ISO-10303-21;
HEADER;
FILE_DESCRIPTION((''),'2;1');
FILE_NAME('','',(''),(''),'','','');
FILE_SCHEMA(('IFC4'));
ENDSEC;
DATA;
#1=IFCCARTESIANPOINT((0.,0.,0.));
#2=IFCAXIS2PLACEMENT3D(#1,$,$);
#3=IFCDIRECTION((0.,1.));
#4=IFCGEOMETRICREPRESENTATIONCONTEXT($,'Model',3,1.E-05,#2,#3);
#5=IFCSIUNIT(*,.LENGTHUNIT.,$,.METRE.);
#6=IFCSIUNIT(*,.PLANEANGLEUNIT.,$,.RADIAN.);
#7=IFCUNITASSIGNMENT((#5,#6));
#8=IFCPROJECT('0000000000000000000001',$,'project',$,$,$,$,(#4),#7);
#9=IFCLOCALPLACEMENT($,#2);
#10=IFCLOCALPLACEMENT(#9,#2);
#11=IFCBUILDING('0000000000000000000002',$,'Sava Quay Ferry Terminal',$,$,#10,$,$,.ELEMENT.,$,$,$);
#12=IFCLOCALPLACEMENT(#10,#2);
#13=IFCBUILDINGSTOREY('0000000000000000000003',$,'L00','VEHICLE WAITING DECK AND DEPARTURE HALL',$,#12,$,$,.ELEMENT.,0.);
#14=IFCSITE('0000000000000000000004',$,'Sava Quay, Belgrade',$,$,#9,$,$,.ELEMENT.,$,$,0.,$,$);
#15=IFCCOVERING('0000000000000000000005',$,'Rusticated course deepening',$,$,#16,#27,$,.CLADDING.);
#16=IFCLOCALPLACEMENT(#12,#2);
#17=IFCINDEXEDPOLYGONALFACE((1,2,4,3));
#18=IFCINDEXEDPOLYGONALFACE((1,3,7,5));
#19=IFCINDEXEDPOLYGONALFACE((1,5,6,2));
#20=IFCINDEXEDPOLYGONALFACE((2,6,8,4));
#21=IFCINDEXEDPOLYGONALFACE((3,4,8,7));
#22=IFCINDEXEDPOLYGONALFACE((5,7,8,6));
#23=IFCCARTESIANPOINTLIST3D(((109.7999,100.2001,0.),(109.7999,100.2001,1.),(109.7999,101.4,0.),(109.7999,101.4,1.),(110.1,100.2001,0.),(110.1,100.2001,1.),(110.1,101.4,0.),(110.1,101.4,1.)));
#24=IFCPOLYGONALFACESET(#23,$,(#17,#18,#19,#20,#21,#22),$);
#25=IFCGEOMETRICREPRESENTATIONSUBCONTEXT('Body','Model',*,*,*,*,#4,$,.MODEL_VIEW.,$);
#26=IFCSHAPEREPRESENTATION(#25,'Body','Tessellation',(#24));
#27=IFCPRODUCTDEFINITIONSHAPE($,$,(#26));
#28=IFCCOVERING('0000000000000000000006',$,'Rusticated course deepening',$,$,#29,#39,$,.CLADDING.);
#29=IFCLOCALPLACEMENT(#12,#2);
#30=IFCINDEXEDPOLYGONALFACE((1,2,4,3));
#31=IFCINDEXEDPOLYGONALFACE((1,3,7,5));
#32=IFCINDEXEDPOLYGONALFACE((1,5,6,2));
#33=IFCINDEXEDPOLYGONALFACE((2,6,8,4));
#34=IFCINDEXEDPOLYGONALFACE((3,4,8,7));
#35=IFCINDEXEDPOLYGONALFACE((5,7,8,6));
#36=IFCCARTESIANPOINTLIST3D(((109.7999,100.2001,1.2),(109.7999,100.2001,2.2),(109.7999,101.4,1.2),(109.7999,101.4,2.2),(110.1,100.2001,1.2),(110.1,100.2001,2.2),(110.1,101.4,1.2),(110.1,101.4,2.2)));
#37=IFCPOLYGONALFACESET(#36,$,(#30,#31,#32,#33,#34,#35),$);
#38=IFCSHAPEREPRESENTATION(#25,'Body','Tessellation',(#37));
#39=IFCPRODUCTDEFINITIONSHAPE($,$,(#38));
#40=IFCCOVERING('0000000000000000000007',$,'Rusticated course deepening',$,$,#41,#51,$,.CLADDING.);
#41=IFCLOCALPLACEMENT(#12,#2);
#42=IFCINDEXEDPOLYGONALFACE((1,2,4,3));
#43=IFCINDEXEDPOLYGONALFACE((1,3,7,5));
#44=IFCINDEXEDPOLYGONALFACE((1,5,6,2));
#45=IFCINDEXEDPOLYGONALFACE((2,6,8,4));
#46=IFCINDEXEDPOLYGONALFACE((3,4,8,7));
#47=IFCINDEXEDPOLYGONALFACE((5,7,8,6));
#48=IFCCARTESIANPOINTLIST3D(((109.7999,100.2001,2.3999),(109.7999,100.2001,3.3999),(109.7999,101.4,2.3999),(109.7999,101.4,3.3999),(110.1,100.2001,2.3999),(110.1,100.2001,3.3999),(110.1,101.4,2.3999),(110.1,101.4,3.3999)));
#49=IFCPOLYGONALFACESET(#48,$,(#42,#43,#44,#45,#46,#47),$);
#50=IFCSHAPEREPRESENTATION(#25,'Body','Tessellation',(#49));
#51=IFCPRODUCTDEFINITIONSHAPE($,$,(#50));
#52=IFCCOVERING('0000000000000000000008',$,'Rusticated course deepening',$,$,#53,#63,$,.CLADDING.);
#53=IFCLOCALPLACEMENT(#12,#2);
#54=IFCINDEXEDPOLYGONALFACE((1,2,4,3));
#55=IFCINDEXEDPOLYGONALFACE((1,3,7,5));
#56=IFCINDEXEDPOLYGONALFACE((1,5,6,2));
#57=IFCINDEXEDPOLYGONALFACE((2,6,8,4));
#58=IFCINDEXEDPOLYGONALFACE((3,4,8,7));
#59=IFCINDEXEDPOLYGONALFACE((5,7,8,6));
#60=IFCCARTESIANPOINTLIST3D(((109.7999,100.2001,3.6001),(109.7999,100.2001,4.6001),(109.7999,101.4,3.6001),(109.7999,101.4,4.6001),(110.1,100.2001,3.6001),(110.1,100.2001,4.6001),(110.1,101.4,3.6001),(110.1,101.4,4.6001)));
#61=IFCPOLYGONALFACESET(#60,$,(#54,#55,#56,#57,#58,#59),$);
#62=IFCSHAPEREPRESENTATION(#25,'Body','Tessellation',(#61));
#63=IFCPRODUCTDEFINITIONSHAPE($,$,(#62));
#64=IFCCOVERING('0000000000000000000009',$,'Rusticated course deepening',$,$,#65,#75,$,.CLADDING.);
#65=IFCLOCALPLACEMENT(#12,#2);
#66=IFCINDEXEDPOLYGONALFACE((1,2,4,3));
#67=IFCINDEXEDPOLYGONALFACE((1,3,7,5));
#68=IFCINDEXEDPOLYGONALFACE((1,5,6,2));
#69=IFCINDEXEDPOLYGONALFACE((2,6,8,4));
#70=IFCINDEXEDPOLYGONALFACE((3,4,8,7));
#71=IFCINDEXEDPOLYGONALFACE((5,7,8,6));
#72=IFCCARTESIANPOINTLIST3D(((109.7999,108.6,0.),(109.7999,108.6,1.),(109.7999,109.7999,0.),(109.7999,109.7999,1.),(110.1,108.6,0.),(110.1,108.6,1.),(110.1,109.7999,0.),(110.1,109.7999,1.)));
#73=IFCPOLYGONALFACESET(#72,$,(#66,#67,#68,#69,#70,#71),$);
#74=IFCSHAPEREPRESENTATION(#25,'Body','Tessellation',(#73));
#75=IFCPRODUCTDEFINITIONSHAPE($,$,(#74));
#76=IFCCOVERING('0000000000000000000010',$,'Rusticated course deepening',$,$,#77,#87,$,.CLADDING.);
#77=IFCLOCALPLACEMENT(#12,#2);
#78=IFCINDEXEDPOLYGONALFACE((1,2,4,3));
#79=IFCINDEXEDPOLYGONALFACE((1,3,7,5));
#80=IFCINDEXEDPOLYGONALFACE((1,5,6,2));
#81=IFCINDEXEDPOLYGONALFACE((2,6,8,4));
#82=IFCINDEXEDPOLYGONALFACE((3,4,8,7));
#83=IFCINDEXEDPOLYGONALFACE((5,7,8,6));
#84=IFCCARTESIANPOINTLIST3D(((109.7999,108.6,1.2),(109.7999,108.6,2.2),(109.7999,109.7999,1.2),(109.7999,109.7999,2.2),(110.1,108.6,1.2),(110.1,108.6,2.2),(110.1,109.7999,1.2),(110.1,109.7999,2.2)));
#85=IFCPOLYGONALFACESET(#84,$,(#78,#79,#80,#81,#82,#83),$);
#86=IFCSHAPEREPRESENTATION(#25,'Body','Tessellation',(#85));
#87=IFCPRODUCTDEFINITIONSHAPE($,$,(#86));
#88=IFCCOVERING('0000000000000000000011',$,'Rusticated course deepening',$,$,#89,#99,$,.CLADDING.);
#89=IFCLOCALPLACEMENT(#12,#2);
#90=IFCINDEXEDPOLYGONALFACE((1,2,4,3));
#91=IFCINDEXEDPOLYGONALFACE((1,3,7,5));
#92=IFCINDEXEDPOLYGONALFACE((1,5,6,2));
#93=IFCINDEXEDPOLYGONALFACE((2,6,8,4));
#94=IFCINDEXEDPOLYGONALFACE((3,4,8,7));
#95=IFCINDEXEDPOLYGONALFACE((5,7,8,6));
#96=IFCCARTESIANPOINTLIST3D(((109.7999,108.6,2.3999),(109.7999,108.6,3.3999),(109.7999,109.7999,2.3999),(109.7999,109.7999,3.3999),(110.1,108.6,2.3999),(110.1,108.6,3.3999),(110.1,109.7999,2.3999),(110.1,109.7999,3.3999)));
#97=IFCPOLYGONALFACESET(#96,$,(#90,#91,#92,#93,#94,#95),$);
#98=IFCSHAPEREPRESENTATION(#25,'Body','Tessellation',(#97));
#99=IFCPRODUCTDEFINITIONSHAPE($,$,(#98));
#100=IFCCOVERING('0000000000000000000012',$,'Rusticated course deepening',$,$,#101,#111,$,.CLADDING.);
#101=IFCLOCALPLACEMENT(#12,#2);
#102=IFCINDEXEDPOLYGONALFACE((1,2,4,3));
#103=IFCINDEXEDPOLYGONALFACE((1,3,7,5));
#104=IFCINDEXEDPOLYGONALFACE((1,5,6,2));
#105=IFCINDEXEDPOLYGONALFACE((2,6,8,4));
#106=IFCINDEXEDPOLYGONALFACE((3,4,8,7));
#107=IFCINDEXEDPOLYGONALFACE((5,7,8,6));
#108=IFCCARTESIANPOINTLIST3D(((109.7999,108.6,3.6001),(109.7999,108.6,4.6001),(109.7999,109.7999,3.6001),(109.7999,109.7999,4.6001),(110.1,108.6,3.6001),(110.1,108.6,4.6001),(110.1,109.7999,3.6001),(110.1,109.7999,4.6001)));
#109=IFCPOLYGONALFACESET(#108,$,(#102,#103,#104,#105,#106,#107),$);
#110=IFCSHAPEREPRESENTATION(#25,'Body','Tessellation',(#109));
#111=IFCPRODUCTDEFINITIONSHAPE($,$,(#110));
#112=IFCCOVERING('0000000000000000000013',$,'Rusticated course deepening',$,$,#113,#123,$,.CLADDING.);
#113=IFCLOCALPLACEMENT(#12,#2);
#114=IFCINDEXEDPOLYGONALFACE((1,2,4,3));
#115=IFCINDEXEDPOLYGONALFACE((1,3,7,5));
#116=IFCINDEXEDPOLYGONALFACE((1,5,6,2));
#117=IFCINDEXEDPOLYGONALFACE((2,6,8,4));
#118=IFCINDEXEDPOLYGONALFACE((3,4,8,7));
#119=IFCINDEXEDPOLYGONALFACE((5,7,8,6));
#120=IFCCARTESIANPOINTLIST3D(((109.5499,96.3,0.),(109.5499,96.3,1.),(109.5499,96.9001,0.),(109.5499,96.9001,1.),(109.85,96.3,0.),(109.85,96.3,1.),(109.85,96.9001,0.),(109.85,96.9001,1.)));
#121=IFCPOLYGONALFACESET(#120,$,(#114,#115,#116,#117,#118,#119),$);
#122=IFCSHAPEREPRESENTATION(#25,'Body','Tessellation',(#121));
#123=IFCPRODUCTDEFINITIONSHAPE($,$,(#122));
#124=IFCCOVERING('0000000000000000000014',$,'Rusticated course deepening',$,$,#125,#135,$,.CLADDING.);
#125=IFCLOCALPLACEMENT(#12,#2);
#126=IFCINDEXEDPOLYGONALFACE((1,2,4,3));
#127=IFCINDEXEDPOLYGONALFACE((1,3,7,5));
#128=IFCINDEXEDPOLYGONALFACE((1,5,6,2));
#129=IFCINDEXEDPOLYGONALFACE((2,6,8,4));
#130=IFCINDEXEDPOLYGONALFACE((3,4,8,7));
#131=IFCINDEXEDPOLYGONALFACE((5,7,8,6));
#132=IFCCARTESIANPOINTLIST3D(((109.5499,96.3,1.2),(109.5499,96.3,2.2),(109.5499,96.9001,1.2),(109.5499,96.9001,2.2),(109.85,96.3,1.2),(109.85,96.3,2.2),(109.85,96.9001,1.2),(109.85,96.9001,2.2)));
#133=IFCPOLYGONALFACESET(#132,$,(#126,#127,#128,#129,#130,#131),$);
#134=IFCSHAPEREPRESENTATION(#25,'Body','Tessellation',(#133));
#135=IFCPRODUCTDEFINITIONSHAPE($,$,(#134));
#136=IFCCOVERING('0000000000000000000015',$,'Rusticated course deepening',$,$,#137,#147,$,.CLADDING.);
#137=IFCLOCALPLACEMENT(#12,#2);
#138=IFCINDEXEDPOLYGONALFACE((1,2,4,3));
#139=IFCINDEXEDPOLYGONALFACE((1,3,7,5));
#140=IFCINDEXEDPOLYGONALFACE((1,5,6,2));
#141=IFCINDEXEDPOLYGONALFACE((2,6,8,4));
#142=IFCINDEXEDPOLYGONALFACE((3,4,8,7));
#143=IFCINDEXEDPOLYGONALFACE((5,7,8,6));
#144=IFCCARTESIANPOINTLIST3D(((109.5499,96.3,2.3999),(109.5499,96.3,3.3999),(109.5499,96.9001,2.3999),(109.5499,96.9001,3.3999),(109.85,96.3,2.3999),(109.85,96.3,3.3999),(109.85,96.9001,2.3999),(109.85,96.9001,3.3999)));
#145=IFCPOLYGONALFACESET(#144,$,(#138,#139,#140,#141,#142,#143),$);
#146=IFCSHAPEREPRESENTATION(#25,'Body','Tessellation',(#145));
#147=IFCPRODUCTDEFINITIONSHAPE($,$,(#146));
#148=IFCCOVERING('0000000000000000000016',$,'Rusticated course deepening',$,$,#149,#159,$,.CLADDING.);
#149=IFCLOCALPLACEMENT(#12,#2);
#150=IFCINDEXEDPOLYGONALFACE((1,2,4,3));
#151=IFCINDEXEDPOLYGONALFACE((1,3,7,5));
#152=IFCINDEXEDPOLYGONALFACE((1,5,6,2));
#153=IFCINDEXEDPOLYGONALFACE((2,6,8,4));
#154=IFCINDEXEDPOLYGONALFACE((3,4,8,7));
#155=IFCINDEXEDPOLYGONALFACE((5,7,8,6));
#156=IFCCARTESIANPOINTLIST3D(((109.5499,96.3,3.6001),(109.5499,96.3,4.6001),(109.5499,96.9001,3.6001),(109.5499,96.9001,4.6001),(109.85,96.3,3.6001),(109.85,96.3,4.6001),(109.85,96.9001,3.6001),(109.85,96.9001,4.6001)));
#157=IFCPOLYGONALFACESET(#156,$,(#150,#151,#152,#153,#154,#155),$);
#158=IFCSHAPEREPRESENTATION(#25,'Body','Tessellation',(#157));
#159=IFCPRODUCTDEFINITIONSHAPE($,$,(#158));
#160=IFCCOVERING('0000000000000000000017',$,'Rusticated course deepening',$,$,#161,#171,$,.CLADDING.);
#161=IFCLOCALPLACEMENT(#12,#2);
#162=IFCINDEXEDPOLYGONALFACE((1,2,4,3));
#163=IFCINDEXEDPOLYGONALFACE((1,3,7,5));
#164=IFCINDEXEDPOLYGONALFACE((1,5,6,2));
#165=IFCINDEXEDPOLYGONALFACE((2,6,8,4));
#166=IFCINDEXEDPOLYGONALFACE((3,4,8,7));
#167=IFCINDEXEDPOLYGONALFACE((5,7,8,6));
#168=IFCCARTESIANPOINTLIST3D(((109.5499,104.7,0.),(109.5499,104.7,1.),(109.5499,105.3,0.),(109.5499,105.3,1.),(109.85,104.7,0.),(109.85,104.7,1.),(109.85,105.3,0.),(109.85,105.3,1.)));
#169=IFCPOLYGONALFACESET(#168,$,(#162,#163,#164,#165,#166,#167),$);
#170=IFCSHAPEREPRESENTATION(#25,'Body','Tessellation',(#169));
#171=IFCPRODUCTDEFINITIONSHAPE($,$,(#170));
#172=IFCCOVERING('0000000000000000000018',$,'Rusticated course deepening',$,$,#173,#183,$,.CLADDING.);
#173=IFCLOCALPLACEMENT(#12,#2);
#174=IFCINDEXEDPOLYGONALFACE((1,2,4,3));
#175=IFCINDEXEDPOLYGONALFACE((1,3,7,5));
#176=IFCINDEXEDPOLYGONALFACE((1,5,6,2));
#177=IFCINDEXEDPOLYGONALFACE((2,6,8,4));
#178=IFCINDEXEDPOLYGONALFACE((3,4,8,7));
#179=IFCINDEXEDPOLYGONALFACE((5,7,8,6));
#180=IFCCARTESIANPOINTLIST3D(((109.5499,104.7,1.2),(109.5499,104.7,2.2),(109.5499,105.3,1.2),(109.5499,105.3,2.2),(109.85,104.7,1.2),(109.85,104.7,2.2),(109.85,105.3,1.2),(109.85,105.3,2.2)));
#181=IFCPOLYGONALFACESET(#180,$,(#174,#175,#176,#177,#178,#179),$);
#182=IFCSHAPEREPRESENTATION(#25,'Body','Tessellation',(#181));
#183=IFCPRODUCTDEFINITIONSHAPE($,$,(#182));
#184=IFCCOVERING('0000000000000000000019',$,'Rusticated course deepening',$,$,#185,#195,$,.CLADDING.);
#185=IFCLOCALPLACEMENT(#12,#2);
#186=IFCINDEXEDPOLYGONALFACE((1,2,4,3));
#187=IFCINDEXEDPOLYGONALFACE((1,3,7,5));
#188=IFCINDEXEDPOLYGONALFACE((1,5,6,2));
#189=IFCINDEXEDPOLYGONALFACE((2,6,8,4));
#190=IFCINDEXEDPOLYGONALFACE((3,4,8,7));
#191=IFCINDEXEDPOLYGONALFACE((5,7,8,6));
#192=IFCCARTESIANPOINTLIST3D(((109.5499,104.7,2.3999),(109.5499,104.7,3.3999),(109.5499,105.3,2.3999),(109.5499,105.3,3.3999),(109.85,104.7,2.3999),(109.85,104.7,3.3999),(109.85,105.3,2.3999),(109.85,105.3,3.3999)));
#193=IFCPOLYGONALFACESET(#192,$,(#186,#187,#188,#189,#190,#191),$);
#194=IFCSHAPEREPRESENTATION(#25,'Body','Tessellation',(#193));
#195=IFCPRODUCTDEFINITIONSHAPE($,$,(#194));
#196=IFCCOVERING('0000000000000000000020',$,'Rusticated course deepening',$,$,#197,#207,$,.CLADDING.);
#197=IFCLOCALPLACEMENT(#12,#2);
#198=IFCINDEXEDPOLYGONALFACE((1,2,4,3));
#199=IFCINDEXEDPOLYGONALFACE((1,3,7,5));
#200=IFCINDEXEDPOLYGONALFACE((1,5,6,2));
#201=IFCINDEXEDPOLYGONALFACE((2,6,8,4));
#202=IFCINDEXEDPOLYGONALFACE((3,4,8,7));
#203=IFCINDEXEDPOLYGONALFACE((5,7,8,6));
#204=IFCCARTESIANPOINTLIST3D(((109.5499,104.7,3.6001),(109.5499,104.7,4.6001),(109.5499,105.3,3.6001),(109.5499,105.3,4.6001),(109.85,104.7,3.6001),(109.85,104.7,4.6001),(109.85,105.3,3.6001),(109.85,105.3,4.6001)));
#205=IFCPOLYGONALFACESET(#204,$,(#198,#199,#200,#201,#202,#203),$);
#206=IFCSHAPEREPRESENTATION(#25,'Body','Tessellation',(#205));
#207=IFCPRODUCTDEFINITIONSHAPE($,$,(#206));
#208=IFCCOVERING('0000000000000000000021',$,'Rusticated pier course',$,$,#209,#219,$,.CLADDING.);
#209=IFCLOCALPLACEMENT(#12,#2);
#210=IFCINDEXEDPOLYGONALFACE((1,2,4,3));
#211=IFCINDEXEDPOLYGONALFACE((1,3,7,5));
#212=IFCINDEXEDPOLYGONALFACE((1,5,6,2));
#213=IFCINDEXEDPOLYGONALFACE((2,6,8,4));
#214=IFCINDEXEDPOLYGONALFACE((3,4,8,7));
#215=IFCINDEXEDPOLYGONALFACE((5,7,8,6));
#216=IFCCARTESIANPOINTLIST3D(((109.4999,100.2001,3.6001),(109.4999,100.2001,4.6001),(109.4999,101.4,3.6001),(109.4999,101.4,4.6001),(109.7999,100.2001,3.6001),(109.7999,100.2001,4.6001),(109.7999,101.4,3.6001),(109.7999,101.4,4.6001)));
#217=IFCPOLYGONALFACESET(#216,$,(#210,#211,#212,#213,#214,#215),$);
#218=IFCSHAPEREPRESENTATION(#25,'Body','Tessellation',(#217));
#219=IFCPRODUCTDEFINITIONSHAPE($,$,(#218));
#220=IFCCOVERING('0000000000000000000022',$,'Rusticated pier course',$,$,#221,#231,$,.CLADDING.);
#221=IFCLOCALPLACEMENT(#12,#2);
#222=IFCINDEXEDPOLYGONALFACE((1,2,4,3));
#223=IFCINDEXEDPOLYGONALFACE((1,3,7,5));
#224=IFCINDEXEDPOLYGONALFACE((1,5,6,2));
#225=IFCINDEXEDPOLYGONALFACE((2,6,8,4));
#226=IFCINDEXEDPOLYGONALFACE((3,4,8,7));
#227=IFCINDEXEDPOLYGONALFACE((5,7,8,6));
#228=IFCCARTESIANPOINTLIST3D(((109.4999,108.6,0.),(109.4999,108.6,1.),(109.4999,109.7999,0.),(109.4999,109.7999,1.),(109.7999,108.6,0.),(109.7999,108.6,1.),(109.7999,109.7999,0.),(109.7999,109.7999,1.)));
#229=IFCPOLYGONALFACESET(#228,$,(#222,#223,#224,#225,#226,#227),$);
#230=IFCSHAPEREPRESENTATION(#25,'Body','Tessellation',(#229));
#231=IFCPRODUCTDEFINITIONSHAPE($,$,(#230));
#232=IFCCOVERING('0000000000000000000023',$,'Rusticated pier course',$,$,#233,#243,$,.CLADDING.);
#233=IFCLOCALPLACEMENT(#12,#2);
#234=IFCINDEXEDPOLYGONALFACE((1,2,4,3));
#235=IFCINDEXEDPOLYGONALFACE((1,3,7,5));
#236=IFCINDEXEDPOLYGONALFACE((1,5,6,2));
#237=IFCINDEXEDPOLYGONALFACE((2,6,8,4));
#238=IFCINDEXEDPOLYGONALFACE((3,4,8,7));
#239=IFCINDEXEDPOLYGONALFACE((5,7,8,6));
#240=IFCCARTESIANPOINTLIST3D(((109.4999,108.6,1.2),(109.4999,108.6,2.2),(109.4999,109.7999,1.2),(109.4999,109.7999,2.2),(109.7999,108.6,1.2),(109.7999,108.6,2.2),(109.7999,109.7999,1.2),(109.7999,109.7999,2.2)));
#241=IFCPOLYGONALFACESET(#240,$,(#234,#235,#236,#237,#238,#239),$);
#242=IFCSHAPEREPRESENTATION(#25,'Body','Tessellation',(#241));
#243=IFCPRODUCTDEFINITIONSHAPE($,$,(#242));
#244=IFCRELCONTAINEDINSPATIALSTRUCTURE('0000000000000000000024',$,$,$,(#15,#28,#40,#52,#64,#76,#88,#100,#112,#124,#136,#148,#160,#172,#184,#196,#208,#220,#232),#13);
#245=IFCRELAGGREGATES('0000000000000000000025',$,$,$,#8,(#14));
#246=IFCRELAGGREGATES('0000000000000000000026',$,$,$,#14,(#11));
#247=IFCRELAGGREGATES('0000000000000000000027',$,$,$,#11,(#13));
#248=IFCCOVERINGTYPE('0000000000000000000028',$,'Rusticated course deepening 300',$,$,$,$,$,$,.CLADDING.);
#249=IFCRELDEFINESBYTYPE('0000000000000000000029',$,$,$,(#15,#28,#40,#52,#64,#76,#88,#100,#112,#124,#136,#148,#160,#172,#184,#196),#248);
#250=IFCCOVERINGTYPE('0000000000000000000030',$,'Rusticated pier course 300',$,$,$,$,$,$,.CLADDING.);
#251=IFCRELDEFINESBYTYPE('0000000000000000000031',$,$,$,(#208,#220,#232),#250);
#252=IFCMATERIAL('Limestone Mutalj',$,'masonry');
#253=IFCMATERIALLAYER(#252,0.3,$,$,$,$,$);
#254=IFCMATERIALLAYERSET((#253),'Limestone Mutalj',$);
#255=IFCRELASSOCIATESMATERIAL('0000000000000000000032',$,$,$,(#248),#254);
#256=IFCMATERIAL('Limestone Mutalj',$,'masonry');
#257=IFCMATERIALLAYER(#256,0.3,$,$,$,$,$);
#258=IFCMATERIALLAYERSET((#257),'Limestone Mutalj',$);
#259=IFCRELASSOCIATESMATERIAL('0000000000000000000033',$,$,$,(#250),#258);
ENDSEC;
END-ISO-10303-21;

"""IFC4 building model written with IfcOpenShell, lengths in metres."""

from ifc_helpers import new_model, si_unit, direction, frame, origin, origin_2d, place, context, subcontext, project, spatial, rectangle, extrude, material, layer, layer_set, type_object, element, save


model = new_model("IFC4")

# Units and contexts
model_context = context("Model", 3, precision=1e-05, world=origin(), true_north=direction((0.0, 1.0)))
body_context = subcontext(model_context, "Body", "Model", "MODEL_VIEW")
ifc_project = project(units=[si_unit("LENGTHUNIT", "METRE"), si_unit("PLANEANGLEUNIT", "RADIAN")], contexts=[model_context])

# Site, building, storey
site_placement = place(None, origin())
site = spatial("IfcSite", under=ifc_project, at=site_placement, Name="Sava Quay, Belgrade", CompositionType="ELEMENT", RefElevation=0.0)
building_placement = place(site_placement, origin())
building = spatial("IfcBuilding", under=site, at=building_placement, Name="Sava Quay Ferry Terminal", CompositionType="ELEMENT")
storey_placement = place(building_placement, origin())
storey = spatial("IfcBuildingStorey", under=building, at=storey_placement, Name="L00", Description="VEHICLE WAITING DECK AND DEPARTURE HALL", CompositionType="ELEMENT", Elevation=0.0)

# Coverings
ifc_material_1 = material(Name="Limestone Mutalj", Category="masonry")
ifc_layer_1 = layer(ifc_material_1, 0.3)
ifc_layer_set_1 = layer_set([ifc_layer_1], Name="Limestone Mutalj")
covering_type_1 = type_object("IfcCoveringType", Name="Rusticated course deepening 300", PredefinedType="CLADDING", material=ifc_layer_set_1)
for number, where, z_axis, x_axis, name in (
    (1, (109.95, 100.8, 0.0), (0.0, 0.0, 1.0), (1.0, 0.0, 0.0), "Rusticated course deepening"),
    (2, (109.95, 100.8, 1.2), (0.0, 0.0, 1.0), (1.0, 0.0, 0.0), "Rusticated course deepening"),
    (3, (109.95, 100.8, 2.3999), (0.0, 0.0, 1.0), (1.0, 0.0, 0.0), "Rusticated course deepening"),
    (4, (109.95, 100.8, 3.6001), (0.0, 0.0, 1.0), (1.0, 0.0, 0.0), "Rusticated course deepening"),
    (5, (109.95, 109.2, 0.0), (0.0, 0.0, 1.0), (1.0, 0.0, 0.0), "Rusticated course deepening"),
    (6, (109.95, 109.2, 1.2), (0.0, 0.0, 1.0), (1.0, 0.0, 0.0), "Rusticated course deepening"),
    (7, (109.95, 109.2, 2.3999), (0.0, 0.0, 1.0), (1.0, 0.0, 0.0), "Rusticated course deepening"),
    (8, (109.95, 109.2, 3.6001), (0.0, 0.0, 1.0), (1.0, 0.0, 0.0), "Rusticated course deepening"),
):
    element("IfcCovering", number, at=place(storey_placement, frame(where, z_axis=z_axis, x_axis=x_axis)), inside=storey, type_object=covering_type_1, Name=name, PredefinedType="CLADDING", context=body_context, shape_type="SweptSolid", body=[
        extrude(rectangle(XDim=0.3, YDim=1.2, at=origin_2d()), origin(), (0.0, 0.0, 1.0), 1.0),
    ])
for number, where, z_axis, x_axis, name in (
    (9, (109.7, 96.6001, 0.0), (0.0, 0.0, 1.0), (1.0, 0.0, 0.0), "Rusticated course deepening"),
    (10, (109.7, 96.6001, 1.2), (0.0, 0.0, 1.0), (1.0, 0.0, 0.0), "Rusticated course deepening"),
    (11, (109.7, 96.6001, 2.3999), (0.0, 0.0, 1.0), (1.0, 0.0, 0.0), "Rusticated course deepening"),
    (12, (109.7, 96.6001, 3.6001), (0.0, 0.0, 1.0), (1.0, 0.0, 0.0), "Rusticated course deepening"),
    (13, (109.7, 105.0, 0.0), (0.0, 0.0, 1.0), (1.0, 0.0, 0.0), "Rusticated course deepening"),
    (14, (109.7, 105.0, 1.2), (0.0, 0.0, 1.0), (1.0, 0.0, 0.0), "Rusticated course deepening"),
    (15, (109.7, 105.0, 2.3999), (0.0, 0.0, 1.0), (1.0, 0.0, 0.0), "Rusticated course deepening"),
    (16, (109.7, 105.0, 3.6001), (0.0, 0.0, 1.0), (1.0, 0.0, 0.0), "Rusticated course deepening"),
):
    element("IfcCovering", number, at=place(storey_placement, frame(where, z_axis=z_axis, x_axis=x_axis)), inside=storey, type_object=covering_type_1, Name=name, PredefinedType="CLADDING", context=body_context, shape_type="SweptSolid", body=[
        extrude(rectangle(XDim=0.3, YDim=0.6001, at=origin_2d()), origin(), (0.0, 0.0, 1.0), 1.0),
    ])
ifc_material_2 = material(Name="Limestone Mutalj", Category="masonry")
ifc_layer_2 = layer(ifc_material_2, 0.3)
ifc_layer_set_2 = layer_set([ifc_layer_2], Name="Limestone Mutalj")
covering_type_2 = type_object("IfcCoveringType", Name="Rusticated pier course 300", PredefinedType="CLADDING", material=ifc_layer_set_2)
for number, where, z_axis, x_axis, name in (
    (17, (109.6499, 100.8, 3.6001), (0.0, 0.0, 1.0), (1.0, 0.0, 0.0), "Rusticated pier course"),
    (18, (109.6499, 109.2, 0.0), (0.0, 0.0, 1.0), (1.0, 0.0, 0.0), "Rusticated pier course"),
    (19, (109.6499, 109.2, 1.2), (0.0, 0.0, 1.0), (1.0, 0.0, 0.0), "Rusticated pier course"),
):
    element("IfcCovering", number, at=place(storey_placement, frame(where, z_axis=z_axis, x_axis=x_axis)), inside=storey, type_object=covering_type_2, Name=name, PredefinedType="CLADDING", context=body_context, shape_type="SweptSolid", body=[
        extrude(rectangle(XDim=0.3, YDim=1.2, at=origin_2d()), origin(), (0.0, 0.0, 1.0), 1.0),
    ])

save(model, "model.ifc")
